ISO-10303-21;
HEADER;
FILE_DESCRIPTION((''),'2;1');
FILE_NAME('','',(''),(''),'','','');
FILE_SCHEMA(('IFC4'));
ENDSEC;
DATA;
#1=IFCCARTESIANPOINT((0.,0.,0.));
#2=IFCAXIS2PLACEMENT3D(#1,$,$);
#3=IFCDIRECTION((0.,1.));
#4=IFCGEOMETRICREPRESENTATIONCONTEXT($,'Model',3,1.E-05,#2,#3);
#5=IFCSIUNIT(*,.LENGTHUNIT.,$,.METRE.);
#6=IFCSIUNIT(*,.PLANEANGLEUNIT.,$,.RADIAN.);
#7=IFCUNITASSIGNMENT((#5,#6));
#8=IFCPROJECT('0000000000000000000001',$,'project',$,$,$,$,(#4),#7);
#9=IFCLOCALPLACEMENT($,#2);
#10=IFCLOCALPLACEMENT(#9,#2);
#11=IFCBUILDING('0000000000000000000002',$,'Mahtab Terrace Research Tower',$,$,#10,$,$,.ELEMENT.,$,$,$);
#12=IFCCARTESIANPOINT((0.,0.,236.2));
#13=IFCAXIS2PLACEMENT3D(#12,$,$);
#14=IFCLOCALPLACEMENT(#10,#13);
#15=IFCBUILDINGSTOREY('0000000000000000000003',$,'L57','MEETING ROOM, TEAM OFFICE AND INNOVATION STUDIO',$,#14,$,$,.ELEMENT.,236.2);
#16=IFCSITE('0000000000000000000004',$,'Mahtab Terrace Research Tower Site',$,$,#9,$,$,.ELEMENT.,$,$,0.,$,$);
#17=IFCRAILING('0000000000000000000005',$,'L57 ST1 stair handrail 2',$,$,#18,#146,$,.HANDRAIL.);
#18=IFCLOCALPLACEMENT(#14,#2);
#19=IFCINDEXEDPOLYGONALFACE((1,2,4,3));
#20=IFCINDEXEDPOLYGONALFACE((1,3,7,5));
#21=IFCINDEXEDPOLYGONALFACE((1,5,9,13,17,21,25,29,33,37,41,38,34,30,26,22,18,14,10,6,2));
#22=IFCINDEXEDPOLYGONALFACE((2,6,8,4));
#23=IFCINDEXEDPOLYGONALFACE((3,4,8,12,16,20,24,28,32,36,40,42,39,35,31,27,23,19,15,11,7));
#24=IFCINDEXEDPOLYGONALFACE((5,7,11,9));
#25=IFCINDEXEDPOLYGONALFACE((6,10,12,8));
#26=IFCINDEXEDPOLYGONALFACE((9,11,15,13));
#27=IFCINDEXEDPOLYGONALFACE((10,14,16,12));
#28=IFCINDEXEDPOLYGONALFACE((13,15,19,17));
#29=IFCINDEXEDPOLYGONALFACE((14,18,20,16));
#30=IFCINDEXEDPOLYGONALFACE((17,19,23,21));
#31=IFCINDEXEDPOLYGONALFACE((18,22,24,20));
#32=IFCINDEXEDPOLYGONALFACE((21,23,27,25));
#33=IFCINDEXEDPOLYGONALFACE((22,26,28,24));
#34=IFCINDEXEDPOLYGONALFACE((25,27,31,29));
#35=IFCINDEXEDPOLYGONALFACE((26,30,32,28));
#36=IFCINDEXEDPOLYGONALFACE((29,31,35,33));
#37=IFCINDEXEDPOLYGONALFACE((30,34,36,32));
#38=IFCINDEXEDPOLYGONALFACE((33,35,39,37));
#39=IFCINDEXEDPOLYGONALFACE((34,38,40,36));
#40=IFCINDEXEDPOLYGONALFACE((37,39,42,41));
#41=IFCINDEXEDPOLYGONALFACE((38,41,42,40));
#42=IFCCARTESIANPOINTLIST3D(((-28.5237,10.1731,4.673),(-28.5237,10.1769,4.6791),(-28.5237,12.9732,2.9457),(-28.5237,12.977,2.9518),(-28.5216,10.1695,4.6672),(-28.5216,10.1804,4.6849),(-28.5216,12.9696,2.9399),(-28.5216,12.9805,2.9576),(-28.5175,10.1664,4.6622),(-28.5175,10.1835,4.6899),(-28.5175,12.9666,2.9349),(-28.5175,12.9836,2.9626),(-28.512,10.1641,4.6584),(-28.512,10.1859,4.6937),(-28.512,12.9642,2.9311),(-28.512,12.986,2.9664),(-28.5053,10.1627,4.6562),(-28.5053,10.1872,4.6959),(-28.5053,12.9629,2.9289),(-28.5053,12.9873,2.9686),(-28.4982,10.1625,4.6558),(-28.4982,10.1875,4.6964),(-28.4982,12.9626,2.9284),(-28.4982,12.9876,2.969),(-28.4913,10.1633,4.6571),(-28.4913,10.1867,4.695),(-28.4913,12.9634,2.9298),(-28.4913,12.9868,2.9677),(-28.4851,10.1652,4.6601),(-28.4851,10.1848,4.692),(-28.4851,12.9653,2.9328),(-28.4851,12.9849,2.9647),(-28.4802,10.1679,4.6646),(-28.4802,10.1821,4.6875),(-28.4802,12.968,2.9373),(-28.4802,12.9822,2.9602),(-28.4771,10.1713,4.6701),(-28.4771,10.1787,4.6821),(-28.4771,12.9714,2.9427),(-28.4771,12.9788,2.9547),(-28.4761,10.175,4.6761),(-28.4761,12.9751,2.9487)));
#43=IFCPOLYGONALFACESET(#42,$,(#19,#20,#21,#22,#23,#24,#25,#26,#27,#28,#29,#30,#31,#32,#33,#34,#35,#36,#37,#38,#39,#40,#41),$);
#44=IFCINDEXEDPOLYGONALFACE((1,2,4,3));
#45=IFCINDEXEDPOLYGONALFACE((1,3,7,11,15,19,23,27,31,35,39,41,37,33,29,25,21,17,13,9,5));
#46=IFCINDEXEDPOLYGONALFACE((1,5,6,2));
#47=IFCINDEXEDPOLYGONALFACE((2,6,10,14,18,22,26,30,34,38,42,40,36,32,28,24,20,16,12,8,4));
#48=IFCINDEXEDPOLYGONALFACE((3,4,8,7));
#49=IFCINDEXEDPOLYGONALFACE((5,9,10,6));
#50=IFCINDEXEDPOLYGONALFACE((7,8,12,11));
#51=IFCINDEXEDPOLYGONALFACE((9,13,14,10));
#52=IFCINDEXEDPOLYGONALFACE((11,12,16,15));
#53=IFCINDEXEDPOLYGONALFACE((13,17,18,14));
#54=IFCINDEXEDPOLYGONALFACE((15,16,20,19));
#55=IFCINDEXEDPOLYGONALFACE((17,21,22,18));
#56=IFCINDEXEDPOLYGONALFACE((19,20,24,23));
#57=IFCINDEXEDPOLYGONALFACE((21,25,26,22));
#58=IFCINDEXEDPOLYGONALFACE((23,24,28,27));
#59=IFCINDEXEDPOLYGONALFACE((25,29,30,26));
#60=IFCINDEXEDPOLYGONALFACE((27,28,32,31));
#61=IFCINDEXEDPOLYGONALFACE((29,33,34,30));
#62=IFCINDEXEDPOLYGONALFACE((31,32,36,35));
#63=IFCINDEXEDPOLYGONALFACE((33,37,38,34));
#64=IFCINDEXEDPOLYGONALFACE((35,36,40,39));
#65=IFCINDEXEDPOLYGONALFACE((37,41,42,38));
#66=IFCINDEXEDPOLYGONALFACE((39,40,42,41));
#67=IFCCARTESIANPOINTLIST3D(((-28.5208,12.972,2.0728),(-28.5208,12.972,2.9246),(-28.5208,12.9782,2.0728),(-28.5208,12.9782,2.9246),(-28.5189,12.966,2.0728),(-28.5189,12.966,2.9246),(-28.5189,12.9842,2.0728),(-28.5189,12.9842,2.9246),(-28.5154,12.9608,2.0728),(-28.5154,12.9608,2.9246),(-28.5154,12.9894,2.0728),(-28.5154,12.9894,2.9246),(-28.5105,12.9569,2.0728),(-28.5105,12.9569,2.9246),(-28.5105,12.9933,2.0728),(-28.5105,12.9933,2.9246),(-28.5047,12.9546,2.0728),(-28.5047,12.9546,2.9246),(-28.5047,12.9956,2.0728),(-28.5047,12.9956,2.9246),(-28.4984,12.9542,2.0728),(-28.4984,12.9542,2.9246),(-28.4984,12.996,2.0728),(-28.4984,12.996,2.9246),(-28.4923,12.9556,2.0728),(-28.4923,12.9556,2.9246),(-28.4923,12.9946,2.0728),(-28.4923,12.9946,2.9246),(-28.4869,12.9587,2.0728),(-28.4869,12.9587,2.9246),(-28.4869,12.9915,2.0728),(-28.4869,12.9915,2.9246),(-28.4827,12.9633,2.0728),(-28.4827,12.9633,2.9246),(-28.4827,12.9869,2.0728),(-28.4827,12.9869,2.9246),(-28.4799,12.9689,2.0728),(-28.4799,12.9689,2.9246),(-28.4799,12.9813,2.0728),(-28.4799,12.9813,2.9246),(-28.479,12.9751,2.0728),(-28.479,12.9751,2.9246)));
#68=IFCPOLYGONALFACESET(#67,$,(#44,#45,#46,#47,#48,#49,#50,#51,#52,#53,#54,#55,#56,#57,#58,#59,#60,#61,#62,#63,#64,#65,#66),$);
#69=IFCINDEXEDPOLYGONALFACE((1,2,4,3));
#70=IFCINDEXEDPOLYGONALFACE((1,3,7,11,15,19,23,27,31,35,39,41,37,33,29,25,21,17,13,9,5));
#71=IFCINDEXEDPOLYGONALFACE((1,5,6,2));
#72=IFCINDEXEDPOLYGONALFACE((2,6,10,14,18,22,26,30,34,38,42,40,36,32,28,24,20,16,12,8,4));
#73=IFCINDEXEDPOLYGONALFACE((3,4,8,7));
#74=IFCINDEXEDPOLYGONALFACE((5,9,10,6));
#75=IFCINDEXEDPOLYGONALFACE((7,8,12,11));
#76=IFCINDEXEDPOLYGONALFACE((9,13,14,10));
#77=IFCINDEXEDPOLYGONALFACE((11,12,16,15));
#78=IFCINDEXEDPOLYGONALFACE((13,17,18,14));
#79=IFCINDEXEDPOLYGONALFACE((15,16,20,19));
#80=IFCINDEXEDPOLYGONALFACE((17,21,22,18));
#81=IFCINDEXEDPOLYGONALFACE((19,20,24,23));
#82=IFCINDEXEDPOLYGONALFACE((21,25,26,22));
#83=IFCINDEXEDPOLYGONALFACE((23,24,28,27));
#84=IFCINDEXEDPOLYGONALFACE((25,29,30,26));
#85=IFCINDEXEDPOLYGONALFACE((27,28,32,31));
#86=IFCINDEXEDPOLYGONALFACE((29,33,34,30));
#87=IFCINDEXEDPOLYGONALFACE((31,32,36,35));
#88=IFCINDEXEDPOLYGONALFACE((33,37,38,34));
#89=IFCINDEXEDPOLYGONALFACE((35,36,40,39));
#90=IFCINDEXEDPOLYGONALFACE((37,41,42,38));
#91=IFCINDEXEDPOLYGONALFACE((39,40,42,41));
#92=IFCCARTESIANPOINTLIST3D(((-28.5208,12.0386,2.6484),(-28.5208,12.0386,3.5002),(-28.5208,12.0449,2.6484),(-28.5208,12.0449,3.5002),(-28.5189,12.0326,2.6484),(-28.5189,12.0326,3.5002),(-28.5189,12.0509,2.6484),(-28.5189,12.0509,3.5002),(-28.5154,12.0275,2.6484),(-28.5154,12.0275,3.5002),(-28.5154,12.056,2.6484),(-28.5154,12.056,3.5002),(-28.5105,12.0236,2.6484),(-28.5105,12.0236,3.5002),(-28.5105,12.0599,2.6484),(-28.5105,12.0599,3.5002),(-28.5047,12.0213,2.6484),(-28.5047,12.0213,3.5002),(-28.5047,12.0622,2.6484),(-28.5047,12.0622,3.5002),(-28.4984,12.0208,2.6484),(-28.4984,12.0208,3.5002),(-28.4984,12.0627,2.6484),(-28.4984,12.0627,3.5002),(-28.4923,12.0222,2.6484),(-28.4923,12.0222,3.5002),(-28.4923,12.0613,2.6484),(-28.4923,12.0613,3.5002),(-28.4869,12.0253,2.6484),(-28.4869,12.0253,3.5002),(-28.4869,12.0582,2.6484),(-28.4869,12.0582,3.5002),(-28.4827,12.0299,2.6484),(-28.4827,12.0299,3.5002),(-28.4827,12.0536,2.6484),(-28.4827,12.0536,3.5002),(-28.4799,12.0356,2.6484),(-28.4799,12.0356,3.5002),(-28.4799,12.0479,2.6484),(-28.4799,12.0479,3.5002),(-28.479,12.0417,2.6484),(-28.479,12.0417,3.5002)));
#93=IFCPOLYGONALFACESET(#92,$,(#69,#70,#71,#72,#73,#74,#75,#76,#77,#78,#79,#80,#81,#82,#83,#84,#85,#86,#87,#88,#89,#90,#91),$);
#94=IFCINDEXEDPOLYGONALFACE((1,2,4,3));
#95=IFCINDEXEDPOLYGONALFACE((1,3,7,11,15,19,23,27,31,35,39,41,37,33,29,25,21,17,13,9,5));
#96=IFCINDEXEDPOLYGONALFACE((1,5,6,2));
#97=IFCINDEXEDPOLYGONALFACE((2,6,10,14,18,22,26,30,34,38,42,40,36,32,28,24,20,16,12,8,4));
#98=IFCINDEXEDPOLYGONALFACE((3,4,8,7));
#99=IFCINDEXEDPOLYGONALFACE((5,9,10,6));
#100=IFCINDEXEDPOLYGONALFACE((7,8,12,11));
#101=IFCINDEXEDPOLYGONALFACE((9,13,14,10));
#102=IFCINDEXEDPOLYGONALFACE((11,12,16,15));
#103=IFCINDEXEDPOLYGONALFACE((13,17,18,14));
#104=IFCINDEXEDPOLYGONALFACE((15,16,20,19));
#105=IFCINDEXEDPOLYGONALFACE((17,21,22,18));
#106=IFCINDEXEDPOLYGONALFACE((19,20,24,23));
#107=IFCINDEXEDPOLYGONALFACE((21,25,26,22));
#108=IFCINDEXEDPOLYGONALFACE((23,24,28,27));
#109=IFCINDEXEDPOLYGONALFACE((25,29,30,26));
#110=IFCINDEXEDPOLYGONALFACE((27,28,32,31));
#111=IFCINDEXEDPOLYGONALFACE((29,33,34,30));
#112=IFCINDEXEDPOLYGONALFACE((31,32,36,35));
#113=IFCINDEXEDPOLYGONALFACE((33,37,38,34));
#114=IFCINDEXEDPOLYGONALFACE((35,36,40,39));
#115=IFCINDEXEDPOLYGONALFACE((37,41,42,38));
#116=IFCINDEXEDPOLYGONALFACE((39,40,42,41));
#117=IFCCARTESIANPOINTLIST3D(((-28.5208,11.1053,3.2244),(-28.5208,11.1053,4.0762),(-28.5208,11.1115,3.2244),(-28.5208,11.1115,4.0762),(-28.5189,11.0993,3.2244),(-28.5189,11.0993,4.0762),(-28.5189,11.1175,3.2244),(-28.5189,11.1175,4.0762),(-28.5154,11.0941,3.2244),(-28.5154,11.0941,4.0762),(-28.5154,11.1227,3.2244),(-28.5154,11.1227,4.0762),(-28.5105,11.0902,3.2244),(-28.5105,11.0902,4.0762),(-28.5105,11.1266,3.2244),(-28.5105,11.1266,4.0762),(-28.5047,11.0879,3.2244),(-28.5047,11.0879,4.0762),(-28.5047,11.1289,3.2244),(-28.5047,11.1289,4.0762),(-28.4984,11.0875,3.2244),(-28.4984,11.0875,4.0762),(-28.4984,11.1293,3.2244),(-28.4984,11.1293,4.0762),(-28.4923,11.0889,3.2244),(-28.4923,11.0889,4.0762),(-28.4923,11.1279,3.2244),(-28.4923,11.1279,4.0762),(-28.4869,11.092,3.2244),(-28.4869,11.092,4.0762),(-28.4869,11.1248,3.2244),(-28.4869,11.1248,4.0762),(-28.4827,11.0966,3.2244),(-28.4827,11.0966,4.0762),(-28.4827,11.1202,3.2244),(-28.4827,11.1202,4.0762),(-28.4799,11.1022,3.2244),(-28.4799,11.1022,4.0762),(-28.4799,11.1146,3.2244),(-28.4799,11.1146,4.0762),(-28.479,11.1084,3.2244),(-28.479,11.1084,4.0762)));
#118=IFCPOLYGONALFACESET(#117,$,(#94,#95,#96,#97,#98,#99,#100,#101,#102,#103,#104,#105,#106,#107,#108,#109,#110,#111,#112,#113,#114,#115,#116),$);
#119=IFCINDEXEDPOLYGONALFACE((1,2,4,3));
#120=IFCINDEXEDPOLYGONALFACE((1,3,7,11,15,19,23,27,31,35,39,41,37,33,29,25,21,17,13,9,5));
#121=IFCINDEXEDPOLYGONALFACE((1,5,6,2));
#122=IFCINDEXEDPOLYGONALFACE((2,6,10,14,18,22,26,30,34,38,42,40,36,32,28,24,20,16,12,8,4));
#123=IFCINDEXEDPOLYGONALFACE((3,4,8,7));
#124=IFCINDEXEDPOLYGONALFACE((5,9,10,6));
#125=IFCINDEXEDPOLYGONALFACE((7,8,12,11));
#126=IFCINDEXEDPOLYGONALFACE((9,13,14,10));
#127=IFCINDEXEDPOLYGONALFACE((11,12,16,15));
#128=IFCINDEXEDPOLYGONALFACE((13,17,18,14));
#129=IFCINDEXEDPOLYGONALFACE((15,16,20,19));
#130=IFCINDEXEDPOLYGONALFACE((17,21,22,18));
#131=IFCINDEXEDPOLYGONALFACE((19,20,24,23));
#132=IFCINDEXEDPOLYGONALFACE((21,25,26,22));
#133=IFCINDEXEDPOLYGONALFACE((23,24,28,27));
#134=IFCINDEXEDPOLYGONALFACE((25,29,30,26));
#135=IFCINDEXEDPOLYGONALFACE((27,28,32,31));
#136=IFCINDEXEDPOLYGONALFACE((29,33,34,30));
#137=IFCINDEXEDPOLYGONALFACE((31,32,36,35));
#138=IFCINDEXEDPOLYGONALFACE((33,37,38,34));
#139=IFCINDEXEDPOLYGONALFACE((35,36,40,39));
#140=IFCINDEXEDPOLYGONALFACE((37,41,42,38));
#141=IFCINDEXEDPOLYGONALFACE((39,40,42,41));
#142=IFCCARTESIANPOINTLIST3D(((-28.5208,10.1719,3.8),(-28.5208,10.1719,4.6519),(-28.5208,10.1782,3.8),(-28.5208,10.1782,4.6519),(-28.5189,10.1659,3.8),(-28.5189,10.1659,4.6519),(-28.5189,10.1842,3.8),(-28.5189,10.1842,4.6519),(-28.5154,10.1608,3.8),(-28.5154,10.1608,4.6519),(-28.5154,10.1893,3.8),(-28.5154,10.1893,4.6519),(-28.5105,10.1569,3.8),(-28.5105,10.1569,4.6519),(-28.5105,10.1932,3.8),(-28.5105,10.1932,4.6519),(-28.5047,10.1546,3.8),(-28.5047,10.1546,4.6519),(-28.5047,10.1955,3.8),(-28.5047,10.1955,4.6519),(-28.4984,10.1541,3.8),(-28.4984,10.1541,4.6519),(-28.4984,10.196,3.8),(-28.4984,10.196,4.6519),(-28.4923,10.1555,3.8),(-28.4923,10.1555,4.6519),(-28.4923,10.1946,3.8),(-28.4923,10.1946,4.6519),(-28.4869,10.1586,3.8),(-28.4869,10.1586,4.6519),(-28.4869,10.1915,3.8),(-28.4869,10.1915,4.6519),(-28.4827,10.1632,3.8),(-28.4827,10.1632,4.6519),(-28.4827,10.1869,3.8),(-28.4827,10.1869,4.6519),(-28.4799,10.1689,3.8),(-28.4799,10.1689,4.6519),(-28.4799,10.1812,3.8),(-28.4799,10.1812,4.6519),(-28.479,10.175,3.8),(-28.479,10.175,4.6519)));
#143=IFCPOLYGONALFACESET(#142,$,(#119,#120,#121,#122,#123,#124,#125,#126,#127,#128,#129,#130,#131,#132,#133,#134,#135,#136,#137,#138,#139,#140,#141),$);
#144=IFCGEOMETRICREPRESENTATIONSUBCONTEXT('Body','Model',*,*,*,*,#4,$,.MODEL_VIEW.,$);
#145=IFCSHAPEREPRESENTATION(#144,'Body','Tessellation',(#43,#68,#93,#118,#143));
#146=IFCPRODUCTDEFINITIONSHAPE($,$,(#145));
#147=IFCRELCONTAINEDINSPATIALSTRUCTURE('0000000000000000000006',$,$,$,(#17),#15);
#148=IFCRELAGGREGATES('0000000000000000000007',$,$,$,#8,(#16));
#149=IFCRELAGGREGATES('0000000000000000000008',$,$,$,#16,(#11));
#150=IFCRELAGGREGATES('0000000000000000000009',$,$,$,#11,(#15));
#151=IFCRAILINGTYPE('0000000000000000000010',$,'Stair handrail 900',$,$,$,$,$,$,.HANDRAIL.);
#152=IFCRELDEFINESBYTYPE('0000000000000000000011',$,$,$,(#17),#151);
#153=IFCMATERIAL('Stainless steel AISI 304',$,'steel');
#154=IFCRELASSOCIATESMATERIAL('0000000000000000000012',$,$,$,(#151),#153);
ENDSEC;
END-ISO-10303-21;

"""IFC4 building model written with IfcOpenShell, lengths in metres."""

from ifc_helpers import new_model, si_unit, direction, frame, origin, origin_2d, place, context, subcontext, project, spatial, circle, extrude, material, type_object, element, save


model = new_model("IFC4")

# Units and contexts
model_context = context("Model", 3, precision=1e-05, world=origin(), true_north=direction((0.0, 1.0)))
body_context = subcontext(model_context, "Body", "Model", "MODEL_VIEW")
ifc_project = project(units=[si_unit("LENGTHUNIT", "METRE"), si_unit("PLANEANGLEUNIT", "RADIAN")], contexts=[model_context])

# Site, building, storey
site_placement = place(None, origin())
site = spatial("IfcSite", under=ifc_project, at=site_placement, Name="Mahtab Terrace Research Tower Site", CompositionType="ELEMENT", RefElevation=0.0)
building_placement = place(site_placement, origin())
building = spatial("IfcBuilding", under=site, at=building_placement, Name="Mahtab Terrace Research Tower", CompositionType="ELEMENT")
storey_placement = place(building_placement, frame((0.0, 0.0, 236.2)))
storey = spatial("IfcBuildingStorey", under=building, at=storey_placement, Name="L57", Description="MEETING ROOM, TEAM OFFICE AND INNOVATION STUDIO", CompositionType="ELEMENT", Elevation=236.2)

# Railing
ifc_material_1 = material(Name="Stainless steel AISI 304", Category="steel")
railing_type_1 = type_object("IfcRailingType", Name="Stair handrail 900", PredefinedType="HANDRAIL", material=ifc_material_1)
railing_1_placement = place(storey_placement, frame((-28.5, 12.9751, 2.0728)))
element("IfcRailing", 1, at=railing_1_placement, inside=storey, type_object=railing_type_1, Name="L57 ST1 stair handrail 2", PredefinedType="HANDRAIL", context=body_context, shape_type="SweptSolid", body=[
    extrude(circle(Radius=0.0239, at=origin_2d()), frame((0.0, 0.0, 0.876), z_axis=(0.0, -0.85109, 0.52502), x_axis=(1.0, 0.0, 0.0)), (0.0, 0.0, 1.0), 3.29),
    extrude(circle(Radius=0.021, at=origin_2d()), origin(), (0.0, 0.0, 1.0), 0.8518),
    extrude(circle(Radius=0.021, at=origin_2d()), frame((0.0, -0.9333, 0.5757)), (0.0, 0.0, 1.0), 0.8518),
    extrude(circle(Radius=0.021, at=origin_2d()), frame((0.0, -1.8667, 1.1516)), (0.0, 0.0, 1.0), 0.8518),
    extrude(circle(Radius=0.021, at=origin_2d()), frame((0.0, -2.8, 1.7273)), (0.0, 0.0, 1.0), 0.8518),
])

save(model, "model.ifc")
